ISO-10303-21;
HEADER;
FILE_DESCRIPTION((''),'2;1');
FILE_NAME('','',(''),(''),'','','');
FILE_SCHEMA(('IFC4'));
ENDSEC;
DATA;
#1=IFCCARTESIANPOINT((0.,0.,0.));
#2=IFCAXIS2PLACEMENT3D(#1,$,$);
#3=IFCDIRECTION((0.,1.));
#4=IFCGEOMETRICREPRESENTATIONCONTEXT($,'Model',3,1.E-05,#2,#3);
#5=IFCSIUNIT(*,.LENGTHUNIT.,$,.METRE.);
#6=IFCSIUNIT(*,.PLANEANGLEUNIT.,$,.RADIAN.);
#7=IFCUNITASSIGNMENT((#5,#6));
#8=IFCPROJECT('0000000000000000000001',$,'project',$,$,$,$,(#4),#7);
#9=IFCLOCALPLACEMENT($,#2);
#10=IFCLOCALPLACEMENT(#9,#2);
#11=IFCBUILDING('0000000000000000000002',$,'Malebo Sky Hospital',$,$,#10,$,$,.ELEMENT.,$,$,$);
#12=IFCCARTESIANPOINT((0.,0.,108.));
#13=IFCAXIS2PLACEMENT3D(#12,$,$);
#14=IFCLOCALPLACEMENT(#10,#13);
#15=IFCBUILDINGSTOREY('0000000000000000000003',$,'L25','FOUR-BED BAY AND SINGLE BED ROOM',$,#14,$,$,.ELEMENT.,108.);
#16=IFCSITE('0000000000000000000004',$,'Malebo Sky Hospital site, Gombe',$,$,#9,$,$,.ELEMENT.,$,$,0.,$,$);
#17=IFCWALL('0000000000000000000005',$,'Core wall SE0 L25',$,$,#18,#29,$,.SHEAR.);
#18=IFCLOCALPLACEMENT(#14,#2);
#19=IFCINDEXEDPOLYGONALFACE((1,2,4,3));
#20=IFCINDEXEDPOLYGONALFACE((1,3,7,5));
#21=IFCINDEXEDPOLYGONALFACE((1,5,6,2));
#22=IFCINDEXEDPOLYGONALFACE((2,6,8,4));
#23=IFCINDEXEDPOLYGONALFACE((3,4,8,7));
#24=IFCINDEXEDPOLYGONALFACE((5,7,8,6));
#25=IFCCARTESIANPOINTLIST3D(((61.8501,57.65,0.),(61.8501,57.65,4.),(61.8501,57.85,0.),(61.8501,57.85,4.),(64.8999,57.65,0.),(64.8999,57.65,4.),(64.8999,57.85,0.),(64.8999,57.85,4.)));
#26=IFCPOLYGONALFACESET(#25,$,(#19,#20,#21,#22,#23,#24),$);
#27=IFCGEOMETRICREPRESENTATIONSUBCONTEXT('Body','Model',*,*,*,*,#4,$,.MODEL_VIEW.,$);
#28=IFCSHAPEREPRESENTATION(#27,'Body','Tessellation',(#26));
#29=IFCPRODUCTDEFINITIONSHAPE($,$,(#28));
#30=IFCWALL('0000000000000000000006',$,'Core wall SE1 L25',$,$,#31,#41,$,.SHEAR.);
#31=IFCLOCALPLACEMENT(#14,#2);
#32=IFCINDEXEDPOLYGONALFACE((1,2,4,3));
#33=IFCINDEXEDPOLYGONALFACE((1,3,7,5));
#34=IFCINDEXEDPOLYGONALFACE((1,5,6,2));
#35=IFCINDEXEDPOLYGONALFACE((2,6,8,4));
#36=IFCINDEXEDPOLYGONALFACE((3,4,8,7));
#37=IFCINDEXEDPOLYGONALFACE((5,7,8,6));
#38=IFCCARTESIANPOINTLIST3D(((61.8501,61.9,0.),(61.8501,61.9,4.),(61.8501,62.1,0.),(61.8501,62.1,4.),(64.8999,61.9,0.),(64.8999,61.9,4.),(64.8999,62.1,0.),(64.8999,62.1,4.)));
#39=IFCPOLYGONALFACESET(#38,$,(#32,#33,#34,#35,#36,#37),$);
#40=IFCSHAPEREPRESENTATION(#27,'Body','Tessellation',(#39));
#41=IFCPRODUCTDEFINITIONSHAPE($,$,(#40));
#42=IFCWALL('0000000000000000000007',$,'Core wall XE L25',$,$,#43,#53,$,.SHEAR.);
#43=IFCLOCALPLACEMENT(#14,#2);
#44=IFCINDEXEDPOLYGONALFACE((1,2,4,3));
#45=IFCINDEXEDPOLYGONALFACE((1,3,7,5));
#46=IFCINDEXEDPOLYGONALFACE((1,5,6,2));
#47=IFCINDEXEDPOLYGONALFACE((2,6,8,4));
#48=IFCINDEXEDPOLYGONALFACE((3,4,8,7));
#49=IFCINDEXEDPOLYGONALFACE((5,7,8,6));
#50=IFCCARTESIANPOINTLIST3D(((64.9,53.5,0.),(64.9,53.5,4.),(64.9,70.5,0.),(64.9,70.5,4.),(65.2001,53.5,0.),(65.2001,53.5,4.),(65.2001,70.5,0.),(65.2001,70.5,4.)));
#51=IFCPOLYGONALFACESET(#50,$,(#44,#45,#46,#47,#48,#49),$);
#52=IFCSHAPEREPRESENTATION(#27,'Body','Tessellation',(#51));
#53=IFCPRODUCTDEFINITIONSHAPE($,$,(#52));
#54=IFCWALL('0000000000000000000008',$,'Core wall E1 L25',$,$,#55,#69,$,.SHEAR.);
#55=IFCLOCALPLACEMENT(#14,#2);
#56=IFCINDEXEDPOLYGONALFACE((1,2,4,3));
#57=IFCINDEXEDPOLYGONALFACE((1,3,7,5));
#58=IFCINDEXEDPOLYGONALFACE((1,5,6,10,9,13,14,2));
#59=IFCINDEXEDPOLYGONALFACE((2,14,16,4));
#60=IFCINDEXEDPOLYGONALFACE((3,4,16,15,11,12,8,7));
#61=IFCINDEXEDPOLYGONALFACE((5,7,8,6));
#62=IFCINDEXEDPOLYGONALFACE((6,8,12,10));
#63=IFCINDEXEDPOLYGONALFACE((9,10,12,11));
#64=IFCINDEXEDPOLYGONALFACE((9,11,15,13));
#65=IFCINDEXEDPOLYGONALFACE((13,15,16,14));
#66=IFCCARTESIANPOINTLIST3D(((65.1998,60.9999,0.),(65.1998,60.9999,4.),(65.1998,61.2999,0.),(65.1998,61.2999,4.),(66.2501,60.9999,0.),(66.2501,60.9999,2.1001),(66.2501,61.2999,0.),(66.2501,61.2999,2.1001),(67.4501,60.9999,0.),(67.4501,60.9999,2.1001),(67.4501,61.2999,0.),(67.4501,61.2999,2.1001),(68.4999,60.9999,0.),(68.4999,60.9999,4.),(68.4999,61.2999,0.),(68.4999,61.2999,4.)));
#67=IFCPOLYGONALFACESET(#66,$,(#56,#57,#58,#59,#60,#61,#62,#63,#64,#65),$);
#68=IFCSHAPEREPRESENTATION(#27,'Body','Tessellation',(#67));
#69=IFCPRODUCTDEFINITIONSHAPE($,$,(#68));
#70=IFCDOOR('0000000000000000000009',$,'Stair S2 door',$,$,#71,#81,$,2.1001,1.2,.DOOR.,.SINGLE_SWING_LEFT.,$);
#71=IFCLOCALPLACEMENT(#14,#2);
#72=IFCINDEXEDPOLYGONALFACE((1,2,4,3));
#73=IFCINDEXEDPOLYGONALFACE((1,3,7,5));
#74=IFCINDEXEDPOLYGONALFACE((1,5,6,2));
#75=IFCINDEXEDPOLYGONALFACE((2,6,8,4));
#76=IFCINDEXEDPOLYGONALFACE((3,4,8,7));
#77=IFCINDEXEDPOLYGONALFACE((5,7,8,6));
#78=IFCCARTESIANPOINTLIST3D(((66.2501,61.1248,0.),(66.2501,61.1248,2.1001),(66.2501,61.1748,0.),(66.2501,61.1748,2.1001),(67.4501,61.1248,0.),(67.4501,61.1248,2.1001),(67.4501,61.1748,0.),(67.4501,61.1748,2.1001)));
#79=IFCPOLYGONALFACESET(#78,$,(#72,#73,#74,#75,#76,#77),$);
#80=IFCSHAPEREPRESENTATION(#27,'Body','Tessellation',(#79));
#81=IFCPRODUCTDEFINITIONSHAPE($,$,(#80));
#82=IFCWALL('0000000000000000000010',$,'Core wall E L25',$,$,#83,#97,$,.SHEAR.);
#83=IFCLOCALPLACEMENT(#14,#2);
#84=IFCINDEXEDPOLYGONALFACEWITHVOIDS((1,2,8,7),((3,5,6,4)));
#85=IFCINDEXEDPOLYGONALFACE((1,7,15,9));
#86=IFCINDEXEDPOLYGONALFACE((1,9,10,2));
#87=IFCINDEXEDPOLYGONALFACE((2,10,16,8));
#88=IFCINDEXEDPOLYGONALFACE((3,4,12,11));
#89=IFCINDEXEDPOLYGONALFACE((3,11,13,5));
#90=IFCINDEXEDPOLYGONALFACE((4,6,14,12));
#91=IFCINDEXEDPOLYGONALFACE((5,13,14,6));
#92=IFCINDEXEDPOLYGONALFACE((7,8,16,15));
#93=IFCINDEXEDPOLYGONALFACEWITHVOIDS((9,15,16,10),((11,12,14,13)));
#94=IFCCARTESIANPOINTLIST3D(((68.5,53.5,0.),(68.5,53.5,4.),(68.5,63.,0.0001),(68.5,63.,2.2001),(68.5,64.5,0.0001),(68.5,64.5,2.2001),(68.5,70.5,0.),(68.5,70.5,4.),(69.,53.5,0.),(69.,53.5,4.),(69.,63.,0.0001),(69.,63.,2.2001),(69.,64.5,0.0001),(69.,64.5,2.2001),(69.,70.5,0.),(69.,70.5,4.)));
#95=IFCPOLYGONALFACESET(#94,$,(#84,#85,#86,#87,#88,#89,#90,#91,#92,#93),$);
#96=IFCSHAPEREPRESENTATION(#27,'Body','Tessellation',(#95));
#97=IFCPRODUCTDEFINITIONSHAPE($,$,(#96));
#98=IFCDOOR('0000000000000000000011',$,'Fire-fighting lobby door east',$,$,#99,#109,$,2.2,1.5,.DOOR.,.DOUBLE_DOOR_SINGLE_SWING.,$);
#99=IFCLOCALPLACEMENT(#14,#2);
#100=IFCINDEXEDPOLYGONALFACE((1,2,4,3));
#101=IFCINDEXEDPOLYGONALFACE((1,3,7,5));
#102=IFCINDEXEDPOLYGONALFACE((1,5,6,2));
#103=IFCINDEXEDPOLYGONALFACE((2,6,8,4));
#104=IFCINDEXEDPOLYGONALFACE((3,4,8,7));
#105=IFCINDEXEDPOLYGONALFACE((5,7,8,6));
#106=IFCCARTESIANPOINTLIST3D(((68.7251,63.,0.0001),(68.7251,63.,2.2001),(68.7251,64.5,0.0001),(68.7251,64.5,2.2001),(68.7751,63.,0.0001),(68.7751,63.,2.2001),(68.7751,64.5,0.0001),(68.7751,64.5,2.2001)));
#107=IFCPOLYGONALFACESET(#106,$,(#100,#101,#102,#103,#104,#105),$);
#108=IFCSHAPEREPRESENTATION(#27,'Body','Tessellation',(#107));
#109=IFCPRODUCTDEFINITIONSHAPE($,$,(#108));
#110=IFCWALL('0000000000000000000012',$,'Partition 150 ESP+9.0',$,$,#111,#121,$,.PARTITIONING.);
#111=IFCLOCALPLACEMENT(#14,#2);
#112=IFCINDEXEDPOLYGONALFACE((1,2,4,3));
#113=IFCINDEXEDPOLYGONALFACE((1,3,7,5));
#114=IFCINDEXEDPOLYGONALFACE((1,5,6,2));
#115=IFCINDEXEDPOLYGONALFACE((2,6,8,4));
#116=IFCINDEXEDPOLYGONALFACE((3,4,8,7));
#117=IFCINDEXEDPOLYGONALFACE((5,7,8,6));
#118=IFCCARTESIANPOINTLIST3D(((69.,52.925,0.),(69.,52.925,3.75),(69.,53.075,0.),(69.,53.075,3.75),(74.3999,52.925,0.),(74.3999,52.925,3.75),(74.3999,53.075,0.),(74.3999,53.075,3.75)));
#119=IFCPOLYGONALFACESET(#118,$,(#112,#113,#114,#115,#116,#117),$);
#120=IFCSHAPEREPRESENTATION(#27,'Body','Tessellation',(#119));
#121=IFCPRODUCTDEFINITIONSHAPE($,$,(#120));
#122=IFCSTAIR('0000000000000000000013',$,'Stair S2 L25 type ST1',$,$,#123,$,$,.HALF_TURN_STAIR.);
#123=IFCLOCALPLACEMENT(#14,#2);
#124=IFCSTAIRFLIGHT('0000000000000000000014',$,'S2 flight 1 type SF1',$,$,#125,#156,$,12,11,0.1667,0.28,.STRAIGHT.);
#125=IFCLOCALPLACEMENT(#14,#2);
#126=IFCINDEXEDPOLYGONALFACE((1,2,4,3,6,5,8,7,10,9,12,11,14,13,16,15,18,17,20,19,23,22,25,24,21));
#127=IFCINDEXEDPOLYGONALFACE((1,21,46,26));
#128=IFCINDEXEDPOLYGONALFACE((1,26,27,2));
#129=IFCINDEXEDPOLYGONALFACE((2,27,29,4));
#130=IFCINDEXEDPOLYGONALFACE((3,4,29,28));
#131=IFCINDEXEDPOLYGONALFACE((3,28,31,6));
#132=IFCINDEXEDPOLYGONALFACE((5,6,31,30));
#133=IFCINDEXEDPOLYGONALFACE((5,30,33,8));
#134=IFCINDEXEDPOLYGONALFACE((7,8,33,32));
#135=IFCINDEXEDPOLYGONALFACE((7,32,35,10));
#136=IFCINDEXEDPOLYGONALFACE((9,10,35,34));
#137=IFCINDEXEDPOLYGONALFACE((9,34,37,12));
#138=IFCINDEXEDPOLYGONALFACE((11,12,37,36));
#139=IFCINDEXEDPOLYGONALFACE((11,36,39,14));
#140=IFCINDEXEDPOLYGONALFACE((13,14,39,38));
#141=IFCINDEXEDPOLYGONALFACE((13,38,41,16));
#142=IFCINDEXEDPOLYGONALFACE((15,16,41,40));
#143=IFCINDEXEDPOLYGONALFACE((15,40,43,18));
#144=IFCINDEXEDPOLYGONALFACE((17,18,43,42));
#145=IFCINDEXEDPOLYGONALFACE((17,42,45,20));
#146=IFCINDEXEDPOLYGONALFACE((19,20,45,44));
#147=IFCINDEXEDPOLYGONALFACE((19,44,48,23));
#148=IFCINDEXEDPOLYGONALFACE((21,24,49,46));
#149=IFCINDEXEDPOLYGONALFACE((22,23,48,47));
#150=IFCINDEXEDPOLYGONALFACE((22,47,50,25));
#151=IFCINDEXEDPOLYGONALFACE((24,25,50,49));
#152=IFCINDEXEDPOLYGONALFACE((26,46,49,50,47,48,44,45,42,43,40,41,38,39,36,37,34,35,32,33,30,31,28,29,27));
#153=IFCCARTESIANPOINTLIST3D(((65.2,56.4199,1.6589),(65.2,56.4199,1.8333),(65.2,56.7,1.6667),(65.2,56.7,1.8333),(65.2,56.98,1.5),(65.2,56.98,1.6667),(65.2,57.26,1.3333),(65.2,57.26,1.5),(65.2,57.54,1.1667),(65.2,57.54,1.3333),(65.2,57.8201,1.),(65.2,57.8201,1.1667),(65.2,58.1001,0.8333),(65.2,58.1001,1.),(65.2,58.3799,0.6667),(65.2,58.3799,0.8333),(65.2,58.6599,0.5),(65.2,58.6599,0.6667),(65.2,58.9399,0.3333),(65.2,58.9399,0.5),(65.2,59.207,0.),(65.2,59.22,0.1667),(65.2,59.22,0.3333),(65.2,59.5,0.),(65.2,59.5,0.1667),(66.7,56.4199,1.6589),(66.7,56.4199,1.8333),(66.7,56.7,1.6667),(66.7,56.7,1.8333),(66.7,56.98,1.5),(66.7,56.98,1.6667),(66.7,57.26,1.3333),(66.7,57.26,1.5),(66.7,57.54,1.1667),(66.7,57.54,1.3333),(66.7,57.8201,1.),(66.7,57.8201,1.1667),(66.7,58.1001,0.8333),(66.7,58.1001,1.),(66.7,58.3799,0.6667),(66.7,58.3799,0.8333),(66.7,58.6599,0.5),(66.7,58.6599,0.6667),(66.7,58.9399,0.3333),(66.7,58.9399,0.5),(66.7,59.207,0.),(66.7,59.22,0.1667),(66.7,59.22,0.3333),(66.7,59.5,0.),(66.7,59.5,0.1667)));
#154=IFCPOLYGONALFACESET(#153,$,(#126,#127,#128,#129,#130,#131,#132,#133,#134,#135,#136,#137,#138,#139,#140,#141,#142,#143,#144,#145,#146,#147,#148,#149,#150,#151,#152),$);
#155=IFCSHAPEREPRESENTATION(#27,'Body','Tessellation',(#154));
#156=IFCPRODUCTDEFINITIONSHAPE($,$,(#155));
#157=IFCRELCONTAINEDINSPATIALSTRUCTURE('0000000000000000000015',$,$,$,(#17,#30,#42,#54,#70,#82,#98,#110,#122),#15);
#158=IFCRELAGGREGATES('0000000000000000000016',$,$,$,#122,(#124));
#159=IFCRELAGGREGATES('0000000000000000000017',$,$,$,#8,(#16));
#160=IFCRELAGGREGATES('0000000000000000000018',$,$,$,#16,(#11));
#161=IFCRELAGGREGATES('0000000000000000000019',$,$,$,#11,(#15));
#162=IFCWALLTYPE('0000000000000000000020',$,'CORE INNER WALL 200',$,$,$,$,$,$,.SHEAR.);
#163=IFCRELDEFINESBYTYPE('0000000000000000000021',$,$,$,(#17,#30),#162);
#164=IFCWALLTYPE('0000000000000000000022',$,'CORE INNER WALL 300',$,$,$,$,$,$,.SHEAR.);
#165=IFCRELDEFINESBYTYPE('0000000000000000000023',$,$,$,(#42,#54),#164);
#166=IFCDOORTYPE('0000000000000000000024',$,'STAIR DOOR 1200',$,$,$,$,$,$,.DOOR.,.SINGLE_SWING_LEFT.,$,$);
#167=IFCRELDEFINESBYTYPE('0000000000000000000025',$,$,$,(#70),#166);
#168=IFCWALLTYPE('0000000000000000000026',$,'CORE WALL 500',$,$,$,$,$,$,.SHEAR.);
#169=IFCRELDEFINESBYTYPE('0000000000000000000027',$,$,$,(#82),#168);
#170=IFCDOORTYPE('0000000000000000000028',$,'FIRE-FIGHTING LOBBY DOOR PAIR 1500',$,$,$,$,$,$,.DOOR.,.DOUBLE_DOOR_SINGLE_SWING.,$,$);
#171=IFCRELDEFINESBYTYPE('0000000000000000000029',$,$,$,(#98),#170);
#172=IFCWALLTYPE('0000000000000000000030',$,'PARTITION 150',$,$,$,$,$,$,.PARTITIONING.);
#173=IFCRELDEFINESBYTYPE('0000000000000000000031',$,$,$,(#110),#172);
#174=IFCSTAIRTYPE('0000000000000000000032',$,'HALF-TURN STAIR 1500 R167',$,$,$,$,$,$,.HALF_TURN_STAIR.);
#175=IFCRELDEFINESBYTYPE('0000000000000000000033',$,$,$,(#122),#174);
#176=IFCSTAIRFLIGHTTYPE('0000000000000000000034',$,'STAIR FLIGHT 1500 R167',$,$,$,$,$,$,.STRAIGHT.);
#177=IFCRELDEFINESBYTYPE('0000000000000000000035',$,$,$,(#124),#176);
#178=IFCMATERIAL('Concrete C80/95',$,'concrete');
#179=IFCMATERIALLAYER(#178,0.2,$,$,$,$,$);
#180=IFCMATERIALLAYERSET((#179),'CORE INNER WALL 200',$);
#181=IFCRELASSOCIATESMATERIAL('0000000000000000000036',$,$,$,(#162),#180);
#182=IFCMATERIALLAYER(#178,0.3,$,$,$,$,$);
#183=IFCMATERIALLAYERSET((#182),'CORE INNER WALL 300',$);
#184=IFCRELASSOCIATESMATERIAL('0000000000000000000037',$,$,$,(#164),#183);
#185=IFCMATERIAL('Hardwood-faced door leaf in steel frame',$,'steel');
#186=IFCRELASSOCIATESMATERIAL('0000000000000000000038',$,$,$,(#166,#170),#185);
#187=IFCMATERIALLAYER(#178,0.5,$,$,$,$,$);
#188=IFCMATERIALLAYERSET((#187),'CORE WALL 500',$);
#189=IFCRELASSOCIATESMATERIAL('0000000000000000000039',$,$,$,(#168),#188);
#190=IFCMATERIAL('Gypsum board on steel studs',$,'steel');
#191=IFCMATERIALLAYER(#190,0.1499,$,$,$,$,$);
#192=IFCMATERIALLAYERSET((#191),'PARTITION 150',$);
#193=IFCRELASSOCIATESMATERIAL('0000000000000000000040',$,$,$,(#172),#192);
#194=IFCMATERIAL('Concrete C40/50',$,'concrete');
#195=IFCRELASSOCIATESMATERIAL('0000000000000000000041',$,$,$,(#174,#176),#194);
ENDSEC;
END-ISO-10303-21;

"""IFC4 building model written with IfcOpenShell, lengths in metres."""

from ifc_helpers import new_model, si_unit, direction, frame, frame_2d, origin, place, context, subcontext, project, spatial, polyline, rectangle, outline, extrude, material, layer, layer_set, type_object, element, fill, aggregate, save


model = new_model("IFC4")

# Units and contexts
model_context = context("Model", 3, precision=1e-05, world=origin(), true_north=direction((0.0, 1.0)))
body_context = subcontext(model_context, "Body", "Model", "MODEL_VIEW")
ifc_project = project(units=[si_unit("LENGTHUNIT", "METRE"), si_unit("PLANEANGLEUNIT", "RADIAN")], contexts=[model_context])

# Site, building, storey
site_placement = place(None, origin())
site = spatial("IfcSite", under=ifc_project, at=site_placement, Name="Malebo Sky Hospital site, Gombe", CompositionType="ELEMENT", RefElevation=0.0)
building_placement = place(site_placement, origin())
building = spatial("IfcBuilding", under=site, at=building_placement, Name="Malebo Sky Hospital", CompositionType="ELEMENT")
storey_placement = place(building_placement, frame((0.0, 0.0, 108.0)))
storey = spatial("IfcBuildingStorey", under=building, at=storey_placement, Name="L25", Description="FOUR-BED BAY AND SINGLE BED ROOM", CompositionType="ELEMENT", Elevation=108.0)

# Shared definitions
ifc_material_1 = material(Name="Concrete C80/95", Category="concrete")
ifc_layer_1 = layer(ifc_material_1, 0.2)
ifc_layer_set_1 = layer_set([ifc_layer_1], Name="CORE INNER WALL 200")
wall_type_1 = type_object("IfcWallType", Name="CORE INNER WALL 200", PredefinedType="SHEAR", material=ifc_layer_set_1)

# Walls
for number, where, z_axis, x_axis, name in (
    (1, (61.8501, 57.75, 0.0), (0.0, 0.0, 1.0), (1.0, 0.0, 0.0), "Core wall SE0 L25"),
    (2, (61.8501, 62.0, 0.0), (0.0, 0.0, 1.0), (1.0, 0.0, 0.0), "Core wall SE1 L25"),
):
    element("IfcWall", number, at=place(storey_placement, frame(where, z_axis=z_axis, x_axis=x_axis)), inside=storey, type_object=wall_type_1, Name=name, PredefinedType="SHEAR", context=body_context, shape_type="SweptSolid", body=[
        extrude(rectangle(XDim=3.0498, YDim=0.2, at=frame_2d((1.5249, 0.0))), origin(), (0.0, 0.0, 1.0), 4.0),
    ])
ifc_layer_2 = layer(ifc_material_1, 0.3)
ifc_layer_set_2 = layer_set([ifc_layer_2], Name="CORE INNER WALL 300")
wall_type_2 = type_object("IfcWallType", Name="CORE INNER WALL 300", PredefinedType="SHEAR", material=ifc_layer_set_2)
wall_1_placement = place(storey_placement, frame((65.05, 53.5, 0.0), z_axis=(0.0, 0.0, 1.0), x_axis=(0.0, 1.0, 0.0)))
element("IfcWall", 3, at=wall_1_placement, inside=storey, type_object=wall_type_2, Name="Core wall XE L25", PredefinedType="SHEAR", context=body_context, shape_type="SweptSolid", body=[
    extrude(rectangle(XDim=17.0, YDim=0.3, at=frame_2d((8.5, 0.0))), origin(), (0.0, 0.0, 1.0), 4.0),
])

# Walls, openings, doors
wall_2_placement = place(storey_placement, frame((65.2, 61.1499, 0.0), z_axis=(0.0, 0.0, 1.0), x_axis=(1.0, 0.0, 0.0)))
wall_2 = element("IfcWall", 4, at=wall_2_placement, inside=storey, type_object=wall_type_2, Name="Core wall E1 L25", PredefinedType="SHEAR", context=body_context, shape_type="SweptSolid", body=[
    extrude(rectangle(XDim=3.3, YDim=0.3, at=frame_2d((1.6499, 0.0))), origin(), (0.0, 0.0, 1.0), 4.0),
])
opening_1_placement = place(wall_2_placement, frame((1.05, 0.0, 0.0)))
opening_1 = element("IfcOpeningElement", 5, at=opening_1_placement, cuts=wall_2, PredefinedType="OPENING", context=body_context, shape_type="SweptSolid", body=[
    extrude(rectangle(XDim=1.2, YDim=2.1001, at=frame_2d((0.6001, 1.05))), frame((0.0, 0.1599, 0.0), z_axis=(0.0, -1.0, 0.0), x_axis=(1.0, 0.0, 0.0)), (0.0, 0.0, 1.0), 0.3201),
])
ifc_material_2 = material(Name="Hardwood-faced door leaf in steel frame", Category="steel")
door_type_1 = type_object("IfcDoorType", Name="STAIR DOOR 1200", OperationType="SINGLE_SWING_LEFT", PredefinedType="DOOR", material=ifc_material_2)
door_1_placement = place(opening_1_placement, origin())
door_1 = element("IfcDoor", 6, at=door_1_placement, inside=storey, type_object=door_type_1, Name="Stair S2 door", OperationType="SINGLE_SWING_LEFT", OverallHeight=2.1001, OverallWidth=1.2, PredefinedType="DOOR", context=body_context, shape_type="SweptSolid", body=[
    extrude(rectangle(XDim=1.2, YDim=2.1001, at=frame_2d((0.6001, 1.05))), frame((0.0, 0.0249, 0.0), z_axis=(0.0, -1.0, 0.0), x_axis=(1.0, 0.0, 0.0)), (0.0, 0.0, 1.0), 0.05),
])
fill(opening_1, door_1)
ifc_layer_3 = layer(ifc_material_1, 0.5)
ifc_layer_set_3 = layer_set([ifc_layer_3], Name="CORE WALL 500")
wall_type_3 = type_object("IfcWallType", Name="CORE WALL 500", PredefinedType="SHEAR", material=ifc_layer_set_3)
wall_3_placement = place(storey_placement, frame((68.75, 53.5, 0.0), z_axis=(0.0, 0.0, 1.0), x_axis=(0.0, 1.0, 0.0)))
wall_3 = element("IfcWall", 7, at=wall_3_placement, inside=storey, type_object=wall_type_3, Name="Core wall E L25", PredefinedType="SHEAR", context=body_context, shape_type="SweptSolid", body=[
    extrude(rectangle(XDim=17.0, YDim=0.5, at=frame_2d((8.5, 0.0))), origin(), (0.0, 0.0, 1.0), 4.0),
])
opening_2_placement = place(wall_3_placement, frame((9.5, 0.0, 0.0)))
opening_2 = element("IfcOpeningElement", 8, at=opening_2_placement, cuts=wall_3, PredefinedType="OPENING", context=body_context, shape_type="SweptSolid", body=[
    extrude(rectangle(XDim=1.5, YDim=2.2, at=frame_2d((0.75, 1.1001))), frame((0.0, 0.26, 0.0), z_axis=(0.0, -1.0, 0.0), x_axis=(1.0, 0.0, 0.0)), (0.0, 0.0, 1.0), 0.52),
])
door_type_2 = type_object("IfcDoorType", Name="FIRE-FIGHTING LOBBY DOOR PAIR 1500", OperationType="DOUBLE_DOOR_SINGLE_SWING", PredefinedType="DOOR", material=ifc_material_2)
door_2_placement = place(opening_2_placement, origin())
door_2 = element("IfcDoor", 9, at=door_2_placement, inside=storey, type_object=door_type_2, Name="Fire-fighting lobby door east", OperationType="DOUBLE_DOOR_SINGLE_SWING", OverallHeight=2.2, OverallWidth=1.5, PredefinedType="DOOR", context=body_context, shape_type="SweptSolid", body=[
    extrude(rectangle(XDim=1.5, YDim=2.2, at=frame_2d((0.75, 1.1001))), frame((0.0, 0.0249, 0.0), z_axis=(0.0, -1.0, 0.0), x_axis=(1.0, 0.0, 0.0)), (0.0, 0.0, 1.0), 0.05),
])
fill(opening_2, door_2)

# Wall
ifc_material_3 = material(Name="Gypsum board on steel studs", Category="steel")
ifc_layer_4 = layer(ifc_material_3, 0.1499)
ifc_layer_set_4 = layer_set([ifc_layer_4], Name="PARTITION 150")
wall_type_4 = type_object("IfcWallType", Name="PARTITION 150", PredefinedType="PARTITIONING", material=ifc_layer_set_4)
wall_4_placement = place(storey_placement, frame((69.0, 53.0, 0.0), z_axis=(0.0, 0.0, 1.0), x_axis=(1.0, 0.0, 0.0)))
element("IfcWall", 10, at=wall_4_placement, inside=storey, type_object=wall_type_4, Name="Partition 150 ESP+9.0", PredefinedType="PARTITIONING", context=body_context, shape_type="SweptSolid", body=[
    extrude(rectangle(XDim=5.3999, YDim=0.1499, at=frame_2d((2.7, 0.0))), origin(), (0.0, 0.0, 1.0), 3.75),
])

# Stair, stair flight
ifc_material_4 = material(Name="Concrete C40/50", Category="concrete")
stair_type = type_object("IfcStairType", Name="HALF-TURN STAIR 1500 R167", PredefinedType="HALF_TURN_STAIR", material=ifc_material_4)
stair_placement = place(storey_placement, origin())
stair = element("IfcStair", 11, at=stair_placement, inside=storey, type_object=stair_type, Name="Stair S2 L25 type ST1", PredefinedType="HALF_TURN_STAIR")
stair_flight_type = type_object("IfcStairFlightType", Name="STAIR FLIGHT 1500 R167", PredefinedType="STRAIGHT", material=ifc_material_4)
stair_flight_1_placement = place(storey_placement, frame((65.95, 59.5, 0.0), z_axis=(0.0, 0.0, 1.0), x_axis=(0.0, -1.0, 0.0)))
stair_flight_1 = element("IfcStairFlight", 12, at=stair_flight_1_placement, type_object=stair_flight_type, Name="S2 flight 1 type SF1", NumberOfRisers=12, NumberOfTreads=11, PredefinedType="STRAIGHT", RiserHeight=0.1667, TreadLength=0.28, context=body_context, shape_type="SweptSolid", body=[
    extrude(outline(polyline([(0.0, 0.0), (0.0, 0.1667), (0.28, 0.1667), (0.28, 0.3333), (0.5601, 0.3333), (0.5601, 0.5), (0.8401, 0.5), (0.8401, 0.6667), (1.1201, 0.6667), (1.1201, 0.8333), (1.3999, 0.8333), (1.3999, 1.0), (1.6799, 1.0), (1.6799, 1.1667), (1.96, 1.1667), (1.96, 1.3333), (2.24, 1.3333), (2.24, 1.5), (2.52, 1.5), (2.52, 1.6667), (2.8, 1.6667), (2.8, 1.8333), (3.0801, 1.8333), (3.0801, 2.0), (3.0801, 1.6589), (0.293, 0.0), (0.0, 0.0)])), frame((0.0, 0.75, 0.0), z_axis=(0.0, -1.0, 0.0), x_axis=(1.0, 0.0, 0.0)), (0.0, 0.0, 1.0), 1.5),
])
aggregate(stair, [stair_flight_1])

save(model, "model.ifc")
